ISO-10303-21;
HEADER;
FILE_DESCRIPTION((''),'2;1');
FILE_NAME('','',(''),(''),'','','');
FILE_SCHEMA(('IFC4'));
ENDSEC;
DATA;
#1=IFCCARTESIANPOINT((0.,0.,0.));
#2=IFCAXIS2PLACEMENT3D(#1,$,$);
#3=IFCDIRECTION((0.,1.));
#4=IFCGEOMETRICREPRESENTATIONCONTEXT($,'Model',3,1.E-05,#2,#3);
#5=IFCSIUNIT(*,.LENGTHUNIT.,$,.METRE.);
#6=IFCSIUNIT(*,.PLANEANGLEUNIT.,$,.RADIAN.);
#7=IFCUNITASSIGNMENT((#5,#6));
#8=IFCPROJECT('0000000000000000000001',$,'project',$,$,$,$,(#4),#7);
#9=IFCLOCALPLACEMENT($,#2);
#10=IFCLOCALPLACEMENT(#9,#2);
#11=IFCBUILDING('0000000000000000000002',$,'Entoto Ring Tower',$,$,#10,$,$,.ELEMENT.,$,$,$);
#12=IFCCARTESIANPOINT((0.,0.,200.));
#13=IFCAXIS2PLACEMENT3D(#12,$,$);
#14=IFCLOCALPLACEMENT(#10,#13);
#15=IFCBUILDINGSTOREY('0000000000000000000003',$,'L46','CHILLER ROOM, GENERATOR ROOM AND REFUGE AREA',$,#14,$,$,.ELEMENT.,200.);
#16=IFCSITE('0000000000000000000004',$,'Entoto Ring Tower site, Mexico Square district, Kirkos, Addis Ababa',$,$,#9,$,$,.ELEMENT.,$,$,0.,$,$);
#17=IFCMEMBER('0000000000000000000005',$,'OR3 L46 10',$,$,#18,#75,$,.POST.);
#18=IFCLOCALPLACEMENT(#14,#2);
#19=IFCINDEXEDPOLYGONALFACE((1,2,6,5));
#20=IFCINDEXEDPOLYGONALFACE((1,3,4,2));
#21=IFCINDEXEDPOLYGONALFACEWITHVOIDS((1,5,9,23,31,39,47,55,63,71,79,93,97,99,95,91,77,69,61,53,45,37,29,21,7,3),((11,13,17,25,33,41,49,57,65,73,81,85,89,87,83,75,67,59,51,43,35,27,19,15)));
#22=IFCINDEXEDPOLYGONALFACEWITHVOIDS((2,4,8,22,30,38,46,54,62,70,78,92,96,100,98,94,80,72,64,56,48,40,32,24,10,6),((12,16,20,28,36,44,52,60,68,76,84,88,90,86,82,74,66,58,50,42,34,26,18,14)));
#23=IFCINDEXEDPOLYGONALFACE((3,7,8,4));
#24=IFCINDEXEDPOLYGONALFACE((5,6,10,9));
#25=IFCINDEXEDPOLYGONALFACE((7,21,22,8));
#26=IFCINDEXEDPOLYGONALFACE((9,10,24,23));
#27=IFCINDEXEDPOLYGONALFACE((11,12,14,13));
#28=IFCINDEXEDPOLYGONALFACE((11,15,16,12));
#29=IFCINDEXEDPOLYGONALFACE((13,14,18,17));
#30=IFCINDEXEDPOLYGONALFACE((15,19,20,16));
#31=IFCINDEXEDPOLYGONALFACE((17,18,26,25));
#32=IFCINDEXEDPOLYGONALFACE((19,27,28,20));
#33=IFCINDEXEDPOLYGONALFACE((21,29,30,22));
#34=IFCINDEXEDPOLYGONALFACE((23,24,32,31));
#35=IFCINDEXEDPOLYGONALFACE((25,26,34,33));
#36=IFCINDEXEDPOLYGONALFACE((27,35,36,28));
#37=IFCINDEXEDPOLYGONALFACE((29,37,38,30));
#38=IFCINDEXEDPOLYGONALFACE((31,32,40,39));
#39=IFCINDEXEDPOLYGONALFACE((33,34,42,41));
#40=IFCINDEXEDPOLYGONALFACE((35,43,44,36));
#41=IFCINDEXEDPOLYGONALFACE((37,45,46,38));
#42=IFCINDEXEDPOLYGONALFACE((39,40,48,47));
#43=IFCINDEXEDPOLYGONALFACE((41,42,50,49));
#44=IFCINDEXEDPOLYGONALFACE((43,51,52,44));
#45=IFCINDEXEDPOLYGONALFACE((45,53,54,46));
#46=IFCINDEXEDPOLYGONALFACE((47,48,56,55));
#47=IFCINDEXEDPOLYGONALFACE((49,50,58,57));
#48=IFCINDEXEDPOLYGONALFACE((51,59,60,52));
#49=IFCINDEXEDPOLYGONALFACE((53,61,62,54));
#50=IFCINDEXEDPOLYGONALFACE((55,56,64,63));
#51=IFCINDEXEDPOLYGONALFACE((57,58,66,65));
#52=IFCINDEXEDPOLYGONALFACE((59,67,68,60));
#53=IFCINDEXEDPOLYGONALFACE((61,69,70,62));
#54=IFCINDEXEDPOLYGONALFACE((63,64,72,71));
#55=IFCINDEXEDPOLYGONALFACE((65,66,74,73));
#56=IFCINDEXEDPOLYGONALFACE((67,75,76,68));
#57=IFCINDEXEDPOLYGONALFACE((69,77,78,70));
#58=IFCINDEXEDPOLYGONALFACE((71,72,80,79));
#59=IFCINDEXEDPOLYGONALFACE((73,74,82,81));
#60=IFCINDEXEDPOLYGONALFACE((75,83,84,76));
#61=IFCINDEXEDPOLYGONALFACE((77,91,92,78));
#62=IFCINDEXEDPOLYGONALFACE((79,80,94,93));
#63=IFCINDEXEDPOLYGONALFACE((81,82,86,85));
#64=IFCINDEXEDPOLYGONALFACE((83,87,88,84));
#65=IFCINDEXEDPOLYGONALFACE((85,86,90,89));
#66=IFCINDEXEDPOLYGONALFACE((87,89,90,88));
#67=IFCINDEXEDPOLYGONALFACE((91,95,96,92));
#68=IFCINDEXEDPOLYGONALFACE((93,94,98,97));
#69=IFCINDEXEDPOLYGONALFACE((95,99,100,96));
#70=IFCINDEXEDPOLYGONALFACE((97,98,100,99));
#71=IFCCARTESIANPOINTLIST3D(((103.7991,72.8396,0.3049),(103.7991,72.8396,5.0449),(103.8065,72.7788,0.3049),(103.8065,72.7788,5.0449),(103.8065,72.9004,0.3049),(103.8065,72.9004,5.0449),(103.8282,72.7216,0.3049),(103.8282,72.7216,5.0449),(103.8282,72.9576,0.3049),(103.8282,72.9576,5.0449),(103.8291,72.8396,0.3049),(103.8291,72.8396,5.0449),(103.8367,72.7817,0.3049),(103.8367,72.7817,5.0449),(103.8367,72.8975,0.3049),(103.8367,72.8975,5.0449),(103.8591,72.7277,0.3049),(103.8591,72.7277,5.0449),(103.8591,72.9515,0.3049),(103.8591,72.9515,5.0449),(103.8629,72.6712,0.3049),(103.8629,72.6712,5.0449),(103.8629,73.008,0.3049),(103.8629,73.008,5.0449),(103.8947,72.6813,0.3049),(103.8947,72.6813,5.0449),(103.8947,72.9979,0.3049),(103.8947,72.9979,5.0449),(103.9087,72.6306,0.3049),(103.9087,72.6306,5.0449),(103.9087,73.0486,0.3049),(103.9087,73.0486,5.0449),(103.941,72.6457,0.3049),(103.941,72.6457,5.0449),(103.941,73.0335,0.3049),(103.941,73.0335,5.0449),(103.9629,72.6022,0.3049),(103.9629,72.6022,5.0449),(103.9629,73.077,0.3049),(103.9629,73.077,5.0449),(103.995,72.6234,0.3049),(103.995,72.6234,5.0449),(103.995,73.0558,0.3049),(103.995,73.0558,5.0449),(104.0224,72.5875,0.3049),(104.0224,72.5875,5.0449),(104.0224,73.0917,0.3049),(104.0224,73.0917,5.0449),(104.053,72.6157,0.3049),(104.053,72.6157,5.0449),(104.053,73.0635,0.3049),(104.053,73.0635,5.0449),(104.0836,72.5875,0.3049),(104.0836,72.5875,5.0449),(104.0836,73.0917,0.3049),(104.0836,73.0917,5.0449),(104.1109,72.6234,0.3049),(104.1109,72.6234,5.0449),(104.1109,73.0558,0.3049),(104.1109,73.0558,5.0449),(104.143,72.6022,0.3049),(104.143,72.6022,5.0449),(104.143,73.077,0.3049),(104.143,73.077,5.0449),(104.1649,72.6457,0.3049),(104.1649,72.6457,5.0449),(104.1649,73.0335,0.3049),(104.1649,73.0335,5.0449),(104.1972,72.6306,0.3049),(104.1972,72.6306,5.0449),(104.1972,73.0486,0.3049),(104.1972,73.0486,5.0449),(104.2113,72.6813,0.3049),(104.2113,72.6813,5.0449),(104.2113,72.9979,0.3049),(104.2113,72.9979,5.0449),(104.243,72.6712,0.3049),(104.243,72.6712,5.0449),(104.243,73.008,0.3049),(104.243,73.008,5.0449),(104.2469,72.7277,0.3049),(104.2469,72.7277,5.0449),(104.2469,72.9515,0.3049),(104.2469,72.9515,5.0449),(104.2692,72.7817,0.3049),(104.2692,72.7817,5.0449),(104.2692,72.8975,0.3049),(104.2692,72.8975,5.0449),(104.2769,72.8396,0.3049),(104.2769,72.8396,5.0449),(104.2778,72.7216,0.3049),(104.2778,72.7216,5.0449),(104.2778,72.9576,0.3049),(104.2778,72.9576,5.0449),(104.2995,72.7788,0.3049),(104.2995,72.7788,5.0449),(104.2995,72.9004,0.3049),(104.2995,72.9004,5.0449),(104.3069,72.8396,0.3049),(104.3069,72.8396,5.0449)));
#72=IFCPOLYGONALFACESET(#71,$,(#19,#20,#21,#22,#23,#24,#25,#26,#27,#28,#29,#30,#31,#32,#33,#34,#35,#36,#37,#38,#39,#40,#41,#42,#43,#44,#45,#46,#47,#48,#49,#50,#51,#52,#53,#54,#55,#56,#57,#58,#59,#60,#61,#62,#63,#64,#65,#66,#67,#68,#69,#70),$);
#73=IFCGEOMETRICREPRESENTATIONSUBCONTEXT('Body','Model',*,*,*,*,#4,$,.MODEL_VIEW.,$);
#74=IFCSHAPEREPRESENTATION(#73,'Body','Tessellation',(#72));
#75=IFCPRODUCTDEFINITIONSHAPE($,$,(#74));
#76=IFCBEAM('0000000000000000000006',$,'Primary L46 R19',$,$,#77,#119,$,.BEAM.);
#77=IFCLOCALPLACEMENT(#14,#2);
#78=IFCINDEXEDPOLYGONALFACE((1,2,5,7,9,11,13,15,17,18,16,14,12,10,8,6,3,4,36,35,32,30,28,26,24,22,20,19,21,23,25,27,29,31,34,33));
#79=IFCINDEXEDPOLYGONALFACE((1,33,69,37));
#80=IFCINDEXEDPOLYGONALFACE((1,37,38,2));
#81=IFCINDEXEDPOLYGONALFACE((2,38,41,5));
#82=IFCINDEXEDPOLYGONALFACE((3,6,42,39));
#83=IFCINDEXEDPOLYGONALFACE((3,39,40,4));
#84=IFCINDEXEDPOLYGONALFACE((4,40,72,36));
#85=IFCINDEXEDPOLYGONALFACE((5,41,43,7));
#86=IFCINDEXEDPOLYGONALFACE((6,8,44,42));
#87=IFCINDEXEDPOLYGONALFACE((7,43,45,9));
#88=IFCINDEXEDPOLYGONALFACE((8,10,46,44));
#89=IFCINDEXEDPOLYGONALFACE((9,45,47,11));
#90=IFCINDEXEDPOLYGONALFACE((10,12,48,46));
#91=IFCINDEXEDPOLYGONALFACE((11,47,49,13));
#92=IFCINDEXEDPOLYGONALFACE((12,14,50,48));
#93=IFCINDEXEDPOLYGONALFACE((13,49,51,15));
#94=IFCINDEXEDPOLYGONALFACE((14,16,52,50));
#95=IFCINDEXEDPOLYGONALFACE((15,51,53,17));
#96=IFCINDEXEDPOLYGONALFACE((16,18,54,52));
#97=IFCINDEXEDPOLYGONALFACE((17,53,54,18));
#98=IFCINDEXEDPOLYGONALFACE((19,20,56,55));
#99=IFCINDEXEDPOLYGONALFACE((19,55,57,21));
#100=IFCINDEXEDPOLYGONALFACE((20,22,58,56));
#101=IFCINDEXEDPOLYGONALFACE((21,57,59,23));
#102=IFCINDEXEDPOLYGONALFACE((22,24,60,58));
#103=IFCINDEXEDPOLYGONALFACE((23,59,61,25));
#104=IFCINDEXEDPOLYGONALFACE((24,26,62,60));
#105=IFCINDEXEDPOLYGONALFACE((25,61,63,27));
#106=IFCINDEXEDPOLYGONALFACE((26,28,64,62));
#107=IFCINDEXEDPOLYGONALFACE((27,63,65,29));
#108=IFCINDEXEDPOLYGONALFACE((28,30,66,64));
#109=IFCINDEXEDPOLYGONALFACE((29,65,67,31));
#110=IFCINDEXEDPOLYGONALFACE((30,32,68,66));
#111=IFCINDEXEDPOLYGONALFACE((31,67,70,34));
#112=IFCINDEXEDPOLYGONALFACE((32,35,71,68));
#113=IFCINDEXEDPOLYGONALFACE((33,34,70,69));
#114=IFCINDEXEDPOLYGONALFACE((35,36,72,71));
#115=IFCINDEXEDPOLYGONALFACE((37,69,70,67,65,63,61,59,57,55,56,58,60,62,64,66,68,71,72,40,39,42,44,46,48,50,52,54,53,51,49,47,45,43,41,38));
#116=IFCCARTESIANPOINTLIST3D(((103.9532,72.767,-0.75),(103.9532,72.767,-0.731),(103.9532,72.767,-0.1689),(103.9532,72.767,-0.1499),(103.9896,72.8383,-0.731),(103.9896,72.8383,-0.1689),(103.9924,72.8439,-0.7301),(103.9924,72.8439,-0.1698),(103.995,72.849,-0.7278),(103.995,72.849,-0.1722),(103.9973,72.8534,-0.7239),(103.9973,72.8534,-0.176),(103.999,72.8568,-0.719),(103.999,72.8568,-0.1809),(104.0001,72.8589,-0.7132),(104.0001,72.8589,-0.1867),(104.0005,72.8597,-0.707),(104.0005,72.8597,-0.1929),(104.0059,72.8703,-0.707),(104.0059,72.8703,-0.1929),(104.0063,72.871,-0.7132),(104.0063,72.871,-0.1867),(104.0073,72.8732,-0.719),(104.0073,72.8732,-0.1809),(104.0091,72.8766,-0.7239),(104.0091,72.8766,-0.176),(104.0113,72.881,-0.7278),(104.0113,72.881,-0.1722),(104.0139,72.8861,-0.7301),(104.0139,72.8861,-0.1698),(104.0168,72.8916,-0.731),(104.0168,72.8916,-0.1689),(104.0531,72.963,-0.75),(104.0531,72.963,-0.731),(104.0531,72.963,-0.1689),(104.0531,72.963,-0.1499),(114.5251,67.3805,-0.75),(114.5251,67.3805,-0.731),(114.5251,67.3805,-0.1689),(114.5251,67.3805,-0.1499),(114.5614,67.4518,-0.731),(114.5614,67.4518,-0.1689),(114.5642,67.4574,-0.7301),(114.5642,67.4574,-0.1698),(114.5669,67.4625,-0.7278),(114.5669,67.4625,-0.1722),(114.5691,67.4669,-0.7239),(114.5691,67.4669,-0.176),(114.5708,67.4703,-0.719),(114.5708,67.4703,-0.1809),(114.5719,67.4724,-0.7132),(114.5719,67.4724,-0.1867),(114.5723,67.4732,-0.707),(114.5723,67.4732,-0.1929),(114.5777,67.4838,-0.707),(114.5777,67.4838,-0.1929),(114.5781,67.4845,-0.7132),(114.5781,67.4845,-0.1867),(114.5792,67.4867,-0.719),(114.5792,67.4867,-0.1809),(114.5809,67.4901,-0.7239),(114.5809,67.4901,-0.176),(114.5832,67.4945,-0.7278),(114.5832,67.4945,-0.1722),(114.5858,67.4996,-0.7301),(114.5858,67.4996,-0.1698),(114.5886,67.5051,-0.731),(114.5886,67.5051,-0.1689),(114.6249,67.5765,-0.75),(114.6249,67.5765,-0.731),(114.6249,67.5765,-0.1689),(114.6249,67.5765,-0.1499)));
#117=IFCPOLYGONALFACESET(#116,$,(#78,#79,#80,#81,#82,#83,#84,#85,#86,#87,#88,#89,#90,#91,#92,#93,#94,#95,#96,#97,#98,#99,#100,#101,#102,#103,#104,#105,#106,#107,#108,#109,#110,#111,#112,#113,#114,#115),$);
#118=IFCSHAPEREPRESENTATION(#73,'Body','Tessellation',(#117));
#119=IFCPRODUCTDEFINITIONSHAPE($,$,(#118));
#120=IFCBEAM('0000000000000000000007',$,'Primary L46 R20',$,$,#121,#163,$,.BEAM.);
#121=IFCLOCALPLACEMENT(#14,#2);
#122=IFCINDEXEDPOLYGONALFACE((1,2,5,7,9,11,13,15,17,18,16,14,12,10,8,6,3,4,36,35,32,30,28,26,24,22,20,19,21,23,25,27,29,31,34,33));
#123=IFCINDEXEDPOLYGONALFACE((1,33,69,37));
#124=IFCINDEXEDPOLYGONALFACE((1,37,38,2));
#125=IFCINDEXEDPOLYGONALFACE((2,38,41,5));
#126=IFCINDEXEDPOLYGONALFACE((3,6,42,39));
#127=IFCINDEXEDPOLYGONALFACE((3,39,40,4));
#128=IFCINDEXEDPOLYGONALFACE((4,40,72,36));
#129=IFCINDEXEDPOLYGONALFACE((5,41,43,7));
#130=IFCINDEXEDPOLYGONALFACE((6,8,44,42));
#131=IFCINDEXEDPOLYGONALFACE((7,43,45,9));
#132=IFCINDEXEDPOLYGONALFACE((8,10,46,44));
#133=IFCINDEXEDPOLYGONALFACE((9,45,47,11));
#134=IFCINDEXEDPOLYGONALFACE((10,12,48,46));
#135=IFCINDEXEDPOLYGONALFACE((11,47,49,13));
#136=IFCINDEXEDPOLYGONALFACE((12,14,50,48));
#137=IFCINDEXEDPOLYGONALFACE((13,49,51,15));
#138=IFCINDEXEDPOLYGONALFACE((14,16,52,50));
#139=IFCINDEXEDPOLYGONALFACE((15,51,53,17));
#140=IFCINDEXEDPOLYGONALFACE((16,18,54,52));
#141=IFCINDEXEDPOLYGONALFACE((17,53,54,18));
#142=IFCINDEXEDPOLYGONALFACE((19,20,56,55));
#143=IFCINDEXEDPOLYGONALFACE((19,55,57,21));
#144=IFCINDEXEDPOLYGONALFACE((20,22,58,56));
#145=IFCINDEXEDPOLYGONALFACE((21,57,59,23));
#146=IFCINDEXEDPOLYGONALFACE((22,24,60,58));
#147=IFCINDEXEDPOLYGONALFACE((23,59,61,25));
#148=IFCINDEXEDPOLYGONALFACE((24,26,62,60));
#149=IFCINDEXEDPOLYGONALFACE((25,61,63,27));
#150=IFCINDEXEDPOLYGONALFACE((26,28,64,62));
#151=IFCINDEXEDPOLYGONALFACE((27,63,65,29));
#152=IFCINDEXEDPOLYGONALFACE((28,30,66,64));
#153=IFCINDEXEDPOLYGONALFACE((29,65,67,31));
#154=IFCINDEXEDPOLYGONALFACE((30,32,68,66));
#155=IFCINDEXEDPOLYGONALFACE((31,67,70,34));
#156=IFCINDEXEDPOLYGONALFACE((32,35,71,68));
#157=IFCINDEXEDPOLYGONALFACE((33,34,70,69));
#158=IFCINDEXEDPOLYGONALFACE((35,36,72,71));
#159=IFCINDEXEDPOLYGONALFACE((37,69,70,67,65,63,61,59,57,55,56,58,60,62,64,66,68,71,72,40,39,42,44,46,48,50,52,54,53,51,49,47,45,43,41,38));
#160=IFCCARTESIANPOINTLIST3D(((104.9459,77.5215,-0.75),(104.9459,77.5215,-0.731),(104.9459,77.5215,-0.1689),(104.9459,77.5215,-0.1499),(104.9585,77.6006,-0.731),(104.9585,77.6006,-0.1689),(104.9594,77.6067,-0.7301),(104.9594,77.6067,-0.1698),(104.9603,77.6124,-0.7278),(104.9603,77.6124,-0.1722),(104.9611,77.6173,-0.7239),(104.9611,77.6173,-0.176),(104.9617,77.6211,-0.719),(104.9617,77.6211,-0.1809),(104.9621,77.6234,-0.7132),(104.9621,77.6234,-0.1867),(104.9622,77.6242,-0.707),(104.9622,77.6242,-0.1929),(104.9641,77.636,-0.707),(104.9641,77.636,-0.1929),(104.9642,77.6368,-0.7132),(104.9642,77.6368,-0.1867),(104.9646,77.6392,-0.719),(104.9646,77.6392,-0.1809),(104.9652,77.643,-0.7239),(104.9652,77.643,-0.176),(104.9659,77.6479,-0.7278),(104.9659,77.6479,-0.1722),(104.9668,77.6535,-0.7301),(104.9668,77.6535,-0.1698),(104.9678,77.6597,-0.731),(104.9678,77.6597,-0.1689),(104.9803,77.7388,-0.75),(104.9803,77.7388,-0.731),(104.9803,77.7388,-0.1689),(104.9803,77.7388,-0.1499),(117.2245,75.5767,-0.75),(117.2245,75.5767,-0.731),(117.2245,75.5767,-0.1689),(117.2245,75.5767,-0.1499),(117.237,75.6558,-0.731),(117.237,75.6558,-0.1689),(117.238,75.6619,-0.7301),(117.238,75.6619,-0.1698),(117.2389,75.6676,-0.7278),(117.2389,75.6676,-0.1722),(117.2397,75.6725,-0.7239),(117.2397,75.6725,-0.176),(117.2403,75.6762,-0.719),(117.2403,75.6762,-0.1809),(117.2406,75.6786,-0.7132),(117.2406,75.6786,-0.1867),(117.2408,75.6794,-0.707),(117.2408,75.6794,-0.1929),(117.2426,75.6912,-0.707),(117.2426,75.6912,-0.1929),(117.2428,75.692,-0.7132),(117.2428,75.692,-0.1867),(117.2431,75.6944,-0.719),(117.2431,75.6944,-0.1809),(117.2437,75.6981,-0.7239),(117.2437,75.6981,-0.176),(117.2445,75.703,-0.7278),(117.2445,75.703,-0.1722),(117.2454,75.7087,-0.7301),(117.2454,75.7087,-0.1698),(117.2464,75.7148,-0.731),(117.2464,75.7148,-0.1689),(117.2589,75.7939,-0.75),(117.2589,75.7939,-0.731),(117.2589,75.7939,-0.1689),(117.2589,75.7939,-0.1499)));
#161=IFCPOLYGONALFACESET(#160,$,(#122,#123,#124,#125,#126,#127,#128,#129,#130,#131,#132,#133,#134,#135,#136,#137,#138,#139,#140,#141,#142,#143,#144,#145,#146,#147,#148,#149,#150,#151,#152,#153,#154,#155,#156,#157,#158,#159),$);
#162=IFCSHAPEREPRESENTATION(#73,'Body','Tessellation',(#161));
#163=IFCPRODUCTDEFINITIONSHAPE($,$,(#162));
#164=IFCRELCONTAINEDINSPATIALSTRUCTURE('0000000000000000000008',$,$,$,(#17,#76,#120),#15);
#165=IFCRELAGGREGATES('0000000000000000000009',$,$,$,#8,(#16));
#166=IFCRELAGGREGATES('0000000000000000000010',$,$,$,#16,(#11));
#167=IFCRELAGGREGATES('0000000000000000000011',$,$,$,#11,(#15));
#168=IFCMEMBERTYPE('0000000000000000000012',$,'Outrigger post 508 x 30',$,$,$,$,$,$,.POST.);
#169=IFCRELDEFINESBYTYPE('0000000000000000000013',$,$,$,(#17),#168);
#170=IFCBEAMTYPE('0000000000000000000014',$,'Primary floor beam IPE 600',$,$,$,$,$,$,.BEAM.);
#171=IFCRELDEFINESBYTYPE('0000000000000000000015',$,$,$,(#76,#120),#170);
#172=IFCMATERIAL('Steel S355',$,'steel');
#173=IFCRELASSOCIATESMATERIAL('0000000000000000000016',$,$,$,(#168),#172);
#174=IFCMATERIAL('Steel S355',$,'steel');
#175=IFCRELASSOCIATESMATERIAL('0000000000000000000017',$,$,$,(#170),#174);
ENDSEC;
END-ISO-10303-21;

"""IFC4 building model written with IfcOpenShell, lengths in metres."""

from ifc_helpers import new_model, si_unit, direction, frame, origin, origin_2d, place, context, subcontext, project, spatial, circle, hollow_circle, i_section, extrude, material, material_profile, profile_set, type_object, element, save


model = new_model("IFC4")

# Units and contexts
model_context = context("Model", 3, precision=1e-05, world=origin(), true_north=direction((0.0, 1.0)))
body_context = subcontext(model_context, "Body", "Model", "MODEL_VIEW")
ifc_project = project(units=[si_unit("LENGTHUNIT", "METRE"), si_unit("PLANEANGLEUNIT", "RADIAN")], contexts=[model_context])

# Site, building, storey
site_placement = place(None, origin())
site = spatial("IfcSite", under=ifc_project, at=site_placement, Name="Entoto Ring Tower site, Mexico Square district, Kirkos, Addis Ababa", CompositionType="ELEMENT", RefElevation=0.0)
building_placement = place(site_placement, origin())
building = spatial("IfcBuilding", under=site, at=building_placement, Name="Entoto Ring Tower", CompositionType="ELEMENT")
storey_placement = place(building_placement, frame((0.0, 0.0, 200.0)))
storey = spatial("IfcBuildingStorey", under=building, at=storey_placement, Name="L46", Description="CHILLER ROOM, GENERATOR ROOM AND REFUGE AREA", CompositionType="ELEMENT", Elevation=200.0)

# Member
ifc_material_1 = material(Name="Steel S355", Category="steel")
ifc_material_profile_1 = material_profile(ifc_material_1, hollow_circle(Radius=0.2539, WallThickness=0.03, at=origin_2d()), Name="CHS 508 x 30")
ifc_material_2 = material(Name="Concrete C60/75", Category="concrete")
ifc_material_profile_2 = material_profile(ifc_material_2, circle(Radius=0.2241, at=origin_2d()), Name="Concrete C60/75 infill")
ifc_profile_set_1 = profile_set([ifc_material_profile_1, ifc_material_profile_2], Name="Steel S355")
member_type_1 = type_object("IfcMemberType", Name="Outrigger post 508 x 30", PredefinedType="POST", material=ifc_profile_set_1)
member_1_placement = place(storey_placement, frame((104.053, 72.8396, 0.3049), z_axis=(0.0, 0.0, 1.0), x_axis=(1.0, 0.0, 0.0)))
element("IfcMember", 1, at=member_1_placement, inside=storey, type_object=member_type_1, Name="OR3 L46 10", PredefinedType="POST", context=body_context, shape_type="SweptSolid", body=[
    extrude(hollow_circle(Radius=0.2539, WallThickness=0.03, at=origin_2d()), origin(), (0.0, 0.0, 1.0), 4.74),
])

# Beams
ifc_material_3 = material(Name="Steel S355", Category="steel")
ifc_material_profile_3 = material_profile(ifc_material_3, i_section(OverallWidth=0.22, OverallDepth=0.6001, WebThickness=0.012, FlangeThickness=0.019, FilletRadius=0.0239, at=origin_2d()), Name="IPE 600")
ifc_profile_set_2 = profile_set([ifc_material_profile_3], Name="Steel S355")
beam_type_1 = type_object("IfcBeamType", Name="Primary floor beam IPE 600", PredefinedType="BEAM", material=ifc_profile_set_2)
beam_1_placement = place(storey_placement, frame((104.0032, 72.865, -0.45), z_axis=(0.89101, -0.453983, 0.0), x_axis=(0.453983, 0.89101, 0.0)))
element("IfcBeam", 2, at=beam_1_placement, inside=storey, type_object=beam_type_1, Name="Primary L46 R19", PredefinedType="BEAM", context=body_context, shape_type="SweptSolid", body=[
    extrude(i_section(OverallWidth=0.22, OverallDepth=0.6001, WebThickness=0.012, FlangeThickness=0.019, FilletRadius=0.0239, at=origin_2d()), origin(), (0.0, 0.0, 1.0), 11.865),
])
beam_2_placement = place(storey_placement, frame((104.9631, 77.6301, -0.45), z_axis=(0.987687, -0.156442, 0.0), x_axis=(0.156442, 0.987687, 0.0)))
element("IfcBeam", 3, at=beam_2_placement, inside=storey, type_object=beam_type_1, Name="Primary L46 R20", PredefinedType="BEAM", context=body_context, shape_type="SweptSolid", body=[
    extrude(i_section(OverallWidth=0.22, OverallDepth=0.6001, WebThickness=0.012, FlangeThickness=0.019, FilletRadius=0.0239, at=origin_2d()), origin(), (0.0, 0.0, 1.0), 12.4316),
])

save(model, "model.ifc")
